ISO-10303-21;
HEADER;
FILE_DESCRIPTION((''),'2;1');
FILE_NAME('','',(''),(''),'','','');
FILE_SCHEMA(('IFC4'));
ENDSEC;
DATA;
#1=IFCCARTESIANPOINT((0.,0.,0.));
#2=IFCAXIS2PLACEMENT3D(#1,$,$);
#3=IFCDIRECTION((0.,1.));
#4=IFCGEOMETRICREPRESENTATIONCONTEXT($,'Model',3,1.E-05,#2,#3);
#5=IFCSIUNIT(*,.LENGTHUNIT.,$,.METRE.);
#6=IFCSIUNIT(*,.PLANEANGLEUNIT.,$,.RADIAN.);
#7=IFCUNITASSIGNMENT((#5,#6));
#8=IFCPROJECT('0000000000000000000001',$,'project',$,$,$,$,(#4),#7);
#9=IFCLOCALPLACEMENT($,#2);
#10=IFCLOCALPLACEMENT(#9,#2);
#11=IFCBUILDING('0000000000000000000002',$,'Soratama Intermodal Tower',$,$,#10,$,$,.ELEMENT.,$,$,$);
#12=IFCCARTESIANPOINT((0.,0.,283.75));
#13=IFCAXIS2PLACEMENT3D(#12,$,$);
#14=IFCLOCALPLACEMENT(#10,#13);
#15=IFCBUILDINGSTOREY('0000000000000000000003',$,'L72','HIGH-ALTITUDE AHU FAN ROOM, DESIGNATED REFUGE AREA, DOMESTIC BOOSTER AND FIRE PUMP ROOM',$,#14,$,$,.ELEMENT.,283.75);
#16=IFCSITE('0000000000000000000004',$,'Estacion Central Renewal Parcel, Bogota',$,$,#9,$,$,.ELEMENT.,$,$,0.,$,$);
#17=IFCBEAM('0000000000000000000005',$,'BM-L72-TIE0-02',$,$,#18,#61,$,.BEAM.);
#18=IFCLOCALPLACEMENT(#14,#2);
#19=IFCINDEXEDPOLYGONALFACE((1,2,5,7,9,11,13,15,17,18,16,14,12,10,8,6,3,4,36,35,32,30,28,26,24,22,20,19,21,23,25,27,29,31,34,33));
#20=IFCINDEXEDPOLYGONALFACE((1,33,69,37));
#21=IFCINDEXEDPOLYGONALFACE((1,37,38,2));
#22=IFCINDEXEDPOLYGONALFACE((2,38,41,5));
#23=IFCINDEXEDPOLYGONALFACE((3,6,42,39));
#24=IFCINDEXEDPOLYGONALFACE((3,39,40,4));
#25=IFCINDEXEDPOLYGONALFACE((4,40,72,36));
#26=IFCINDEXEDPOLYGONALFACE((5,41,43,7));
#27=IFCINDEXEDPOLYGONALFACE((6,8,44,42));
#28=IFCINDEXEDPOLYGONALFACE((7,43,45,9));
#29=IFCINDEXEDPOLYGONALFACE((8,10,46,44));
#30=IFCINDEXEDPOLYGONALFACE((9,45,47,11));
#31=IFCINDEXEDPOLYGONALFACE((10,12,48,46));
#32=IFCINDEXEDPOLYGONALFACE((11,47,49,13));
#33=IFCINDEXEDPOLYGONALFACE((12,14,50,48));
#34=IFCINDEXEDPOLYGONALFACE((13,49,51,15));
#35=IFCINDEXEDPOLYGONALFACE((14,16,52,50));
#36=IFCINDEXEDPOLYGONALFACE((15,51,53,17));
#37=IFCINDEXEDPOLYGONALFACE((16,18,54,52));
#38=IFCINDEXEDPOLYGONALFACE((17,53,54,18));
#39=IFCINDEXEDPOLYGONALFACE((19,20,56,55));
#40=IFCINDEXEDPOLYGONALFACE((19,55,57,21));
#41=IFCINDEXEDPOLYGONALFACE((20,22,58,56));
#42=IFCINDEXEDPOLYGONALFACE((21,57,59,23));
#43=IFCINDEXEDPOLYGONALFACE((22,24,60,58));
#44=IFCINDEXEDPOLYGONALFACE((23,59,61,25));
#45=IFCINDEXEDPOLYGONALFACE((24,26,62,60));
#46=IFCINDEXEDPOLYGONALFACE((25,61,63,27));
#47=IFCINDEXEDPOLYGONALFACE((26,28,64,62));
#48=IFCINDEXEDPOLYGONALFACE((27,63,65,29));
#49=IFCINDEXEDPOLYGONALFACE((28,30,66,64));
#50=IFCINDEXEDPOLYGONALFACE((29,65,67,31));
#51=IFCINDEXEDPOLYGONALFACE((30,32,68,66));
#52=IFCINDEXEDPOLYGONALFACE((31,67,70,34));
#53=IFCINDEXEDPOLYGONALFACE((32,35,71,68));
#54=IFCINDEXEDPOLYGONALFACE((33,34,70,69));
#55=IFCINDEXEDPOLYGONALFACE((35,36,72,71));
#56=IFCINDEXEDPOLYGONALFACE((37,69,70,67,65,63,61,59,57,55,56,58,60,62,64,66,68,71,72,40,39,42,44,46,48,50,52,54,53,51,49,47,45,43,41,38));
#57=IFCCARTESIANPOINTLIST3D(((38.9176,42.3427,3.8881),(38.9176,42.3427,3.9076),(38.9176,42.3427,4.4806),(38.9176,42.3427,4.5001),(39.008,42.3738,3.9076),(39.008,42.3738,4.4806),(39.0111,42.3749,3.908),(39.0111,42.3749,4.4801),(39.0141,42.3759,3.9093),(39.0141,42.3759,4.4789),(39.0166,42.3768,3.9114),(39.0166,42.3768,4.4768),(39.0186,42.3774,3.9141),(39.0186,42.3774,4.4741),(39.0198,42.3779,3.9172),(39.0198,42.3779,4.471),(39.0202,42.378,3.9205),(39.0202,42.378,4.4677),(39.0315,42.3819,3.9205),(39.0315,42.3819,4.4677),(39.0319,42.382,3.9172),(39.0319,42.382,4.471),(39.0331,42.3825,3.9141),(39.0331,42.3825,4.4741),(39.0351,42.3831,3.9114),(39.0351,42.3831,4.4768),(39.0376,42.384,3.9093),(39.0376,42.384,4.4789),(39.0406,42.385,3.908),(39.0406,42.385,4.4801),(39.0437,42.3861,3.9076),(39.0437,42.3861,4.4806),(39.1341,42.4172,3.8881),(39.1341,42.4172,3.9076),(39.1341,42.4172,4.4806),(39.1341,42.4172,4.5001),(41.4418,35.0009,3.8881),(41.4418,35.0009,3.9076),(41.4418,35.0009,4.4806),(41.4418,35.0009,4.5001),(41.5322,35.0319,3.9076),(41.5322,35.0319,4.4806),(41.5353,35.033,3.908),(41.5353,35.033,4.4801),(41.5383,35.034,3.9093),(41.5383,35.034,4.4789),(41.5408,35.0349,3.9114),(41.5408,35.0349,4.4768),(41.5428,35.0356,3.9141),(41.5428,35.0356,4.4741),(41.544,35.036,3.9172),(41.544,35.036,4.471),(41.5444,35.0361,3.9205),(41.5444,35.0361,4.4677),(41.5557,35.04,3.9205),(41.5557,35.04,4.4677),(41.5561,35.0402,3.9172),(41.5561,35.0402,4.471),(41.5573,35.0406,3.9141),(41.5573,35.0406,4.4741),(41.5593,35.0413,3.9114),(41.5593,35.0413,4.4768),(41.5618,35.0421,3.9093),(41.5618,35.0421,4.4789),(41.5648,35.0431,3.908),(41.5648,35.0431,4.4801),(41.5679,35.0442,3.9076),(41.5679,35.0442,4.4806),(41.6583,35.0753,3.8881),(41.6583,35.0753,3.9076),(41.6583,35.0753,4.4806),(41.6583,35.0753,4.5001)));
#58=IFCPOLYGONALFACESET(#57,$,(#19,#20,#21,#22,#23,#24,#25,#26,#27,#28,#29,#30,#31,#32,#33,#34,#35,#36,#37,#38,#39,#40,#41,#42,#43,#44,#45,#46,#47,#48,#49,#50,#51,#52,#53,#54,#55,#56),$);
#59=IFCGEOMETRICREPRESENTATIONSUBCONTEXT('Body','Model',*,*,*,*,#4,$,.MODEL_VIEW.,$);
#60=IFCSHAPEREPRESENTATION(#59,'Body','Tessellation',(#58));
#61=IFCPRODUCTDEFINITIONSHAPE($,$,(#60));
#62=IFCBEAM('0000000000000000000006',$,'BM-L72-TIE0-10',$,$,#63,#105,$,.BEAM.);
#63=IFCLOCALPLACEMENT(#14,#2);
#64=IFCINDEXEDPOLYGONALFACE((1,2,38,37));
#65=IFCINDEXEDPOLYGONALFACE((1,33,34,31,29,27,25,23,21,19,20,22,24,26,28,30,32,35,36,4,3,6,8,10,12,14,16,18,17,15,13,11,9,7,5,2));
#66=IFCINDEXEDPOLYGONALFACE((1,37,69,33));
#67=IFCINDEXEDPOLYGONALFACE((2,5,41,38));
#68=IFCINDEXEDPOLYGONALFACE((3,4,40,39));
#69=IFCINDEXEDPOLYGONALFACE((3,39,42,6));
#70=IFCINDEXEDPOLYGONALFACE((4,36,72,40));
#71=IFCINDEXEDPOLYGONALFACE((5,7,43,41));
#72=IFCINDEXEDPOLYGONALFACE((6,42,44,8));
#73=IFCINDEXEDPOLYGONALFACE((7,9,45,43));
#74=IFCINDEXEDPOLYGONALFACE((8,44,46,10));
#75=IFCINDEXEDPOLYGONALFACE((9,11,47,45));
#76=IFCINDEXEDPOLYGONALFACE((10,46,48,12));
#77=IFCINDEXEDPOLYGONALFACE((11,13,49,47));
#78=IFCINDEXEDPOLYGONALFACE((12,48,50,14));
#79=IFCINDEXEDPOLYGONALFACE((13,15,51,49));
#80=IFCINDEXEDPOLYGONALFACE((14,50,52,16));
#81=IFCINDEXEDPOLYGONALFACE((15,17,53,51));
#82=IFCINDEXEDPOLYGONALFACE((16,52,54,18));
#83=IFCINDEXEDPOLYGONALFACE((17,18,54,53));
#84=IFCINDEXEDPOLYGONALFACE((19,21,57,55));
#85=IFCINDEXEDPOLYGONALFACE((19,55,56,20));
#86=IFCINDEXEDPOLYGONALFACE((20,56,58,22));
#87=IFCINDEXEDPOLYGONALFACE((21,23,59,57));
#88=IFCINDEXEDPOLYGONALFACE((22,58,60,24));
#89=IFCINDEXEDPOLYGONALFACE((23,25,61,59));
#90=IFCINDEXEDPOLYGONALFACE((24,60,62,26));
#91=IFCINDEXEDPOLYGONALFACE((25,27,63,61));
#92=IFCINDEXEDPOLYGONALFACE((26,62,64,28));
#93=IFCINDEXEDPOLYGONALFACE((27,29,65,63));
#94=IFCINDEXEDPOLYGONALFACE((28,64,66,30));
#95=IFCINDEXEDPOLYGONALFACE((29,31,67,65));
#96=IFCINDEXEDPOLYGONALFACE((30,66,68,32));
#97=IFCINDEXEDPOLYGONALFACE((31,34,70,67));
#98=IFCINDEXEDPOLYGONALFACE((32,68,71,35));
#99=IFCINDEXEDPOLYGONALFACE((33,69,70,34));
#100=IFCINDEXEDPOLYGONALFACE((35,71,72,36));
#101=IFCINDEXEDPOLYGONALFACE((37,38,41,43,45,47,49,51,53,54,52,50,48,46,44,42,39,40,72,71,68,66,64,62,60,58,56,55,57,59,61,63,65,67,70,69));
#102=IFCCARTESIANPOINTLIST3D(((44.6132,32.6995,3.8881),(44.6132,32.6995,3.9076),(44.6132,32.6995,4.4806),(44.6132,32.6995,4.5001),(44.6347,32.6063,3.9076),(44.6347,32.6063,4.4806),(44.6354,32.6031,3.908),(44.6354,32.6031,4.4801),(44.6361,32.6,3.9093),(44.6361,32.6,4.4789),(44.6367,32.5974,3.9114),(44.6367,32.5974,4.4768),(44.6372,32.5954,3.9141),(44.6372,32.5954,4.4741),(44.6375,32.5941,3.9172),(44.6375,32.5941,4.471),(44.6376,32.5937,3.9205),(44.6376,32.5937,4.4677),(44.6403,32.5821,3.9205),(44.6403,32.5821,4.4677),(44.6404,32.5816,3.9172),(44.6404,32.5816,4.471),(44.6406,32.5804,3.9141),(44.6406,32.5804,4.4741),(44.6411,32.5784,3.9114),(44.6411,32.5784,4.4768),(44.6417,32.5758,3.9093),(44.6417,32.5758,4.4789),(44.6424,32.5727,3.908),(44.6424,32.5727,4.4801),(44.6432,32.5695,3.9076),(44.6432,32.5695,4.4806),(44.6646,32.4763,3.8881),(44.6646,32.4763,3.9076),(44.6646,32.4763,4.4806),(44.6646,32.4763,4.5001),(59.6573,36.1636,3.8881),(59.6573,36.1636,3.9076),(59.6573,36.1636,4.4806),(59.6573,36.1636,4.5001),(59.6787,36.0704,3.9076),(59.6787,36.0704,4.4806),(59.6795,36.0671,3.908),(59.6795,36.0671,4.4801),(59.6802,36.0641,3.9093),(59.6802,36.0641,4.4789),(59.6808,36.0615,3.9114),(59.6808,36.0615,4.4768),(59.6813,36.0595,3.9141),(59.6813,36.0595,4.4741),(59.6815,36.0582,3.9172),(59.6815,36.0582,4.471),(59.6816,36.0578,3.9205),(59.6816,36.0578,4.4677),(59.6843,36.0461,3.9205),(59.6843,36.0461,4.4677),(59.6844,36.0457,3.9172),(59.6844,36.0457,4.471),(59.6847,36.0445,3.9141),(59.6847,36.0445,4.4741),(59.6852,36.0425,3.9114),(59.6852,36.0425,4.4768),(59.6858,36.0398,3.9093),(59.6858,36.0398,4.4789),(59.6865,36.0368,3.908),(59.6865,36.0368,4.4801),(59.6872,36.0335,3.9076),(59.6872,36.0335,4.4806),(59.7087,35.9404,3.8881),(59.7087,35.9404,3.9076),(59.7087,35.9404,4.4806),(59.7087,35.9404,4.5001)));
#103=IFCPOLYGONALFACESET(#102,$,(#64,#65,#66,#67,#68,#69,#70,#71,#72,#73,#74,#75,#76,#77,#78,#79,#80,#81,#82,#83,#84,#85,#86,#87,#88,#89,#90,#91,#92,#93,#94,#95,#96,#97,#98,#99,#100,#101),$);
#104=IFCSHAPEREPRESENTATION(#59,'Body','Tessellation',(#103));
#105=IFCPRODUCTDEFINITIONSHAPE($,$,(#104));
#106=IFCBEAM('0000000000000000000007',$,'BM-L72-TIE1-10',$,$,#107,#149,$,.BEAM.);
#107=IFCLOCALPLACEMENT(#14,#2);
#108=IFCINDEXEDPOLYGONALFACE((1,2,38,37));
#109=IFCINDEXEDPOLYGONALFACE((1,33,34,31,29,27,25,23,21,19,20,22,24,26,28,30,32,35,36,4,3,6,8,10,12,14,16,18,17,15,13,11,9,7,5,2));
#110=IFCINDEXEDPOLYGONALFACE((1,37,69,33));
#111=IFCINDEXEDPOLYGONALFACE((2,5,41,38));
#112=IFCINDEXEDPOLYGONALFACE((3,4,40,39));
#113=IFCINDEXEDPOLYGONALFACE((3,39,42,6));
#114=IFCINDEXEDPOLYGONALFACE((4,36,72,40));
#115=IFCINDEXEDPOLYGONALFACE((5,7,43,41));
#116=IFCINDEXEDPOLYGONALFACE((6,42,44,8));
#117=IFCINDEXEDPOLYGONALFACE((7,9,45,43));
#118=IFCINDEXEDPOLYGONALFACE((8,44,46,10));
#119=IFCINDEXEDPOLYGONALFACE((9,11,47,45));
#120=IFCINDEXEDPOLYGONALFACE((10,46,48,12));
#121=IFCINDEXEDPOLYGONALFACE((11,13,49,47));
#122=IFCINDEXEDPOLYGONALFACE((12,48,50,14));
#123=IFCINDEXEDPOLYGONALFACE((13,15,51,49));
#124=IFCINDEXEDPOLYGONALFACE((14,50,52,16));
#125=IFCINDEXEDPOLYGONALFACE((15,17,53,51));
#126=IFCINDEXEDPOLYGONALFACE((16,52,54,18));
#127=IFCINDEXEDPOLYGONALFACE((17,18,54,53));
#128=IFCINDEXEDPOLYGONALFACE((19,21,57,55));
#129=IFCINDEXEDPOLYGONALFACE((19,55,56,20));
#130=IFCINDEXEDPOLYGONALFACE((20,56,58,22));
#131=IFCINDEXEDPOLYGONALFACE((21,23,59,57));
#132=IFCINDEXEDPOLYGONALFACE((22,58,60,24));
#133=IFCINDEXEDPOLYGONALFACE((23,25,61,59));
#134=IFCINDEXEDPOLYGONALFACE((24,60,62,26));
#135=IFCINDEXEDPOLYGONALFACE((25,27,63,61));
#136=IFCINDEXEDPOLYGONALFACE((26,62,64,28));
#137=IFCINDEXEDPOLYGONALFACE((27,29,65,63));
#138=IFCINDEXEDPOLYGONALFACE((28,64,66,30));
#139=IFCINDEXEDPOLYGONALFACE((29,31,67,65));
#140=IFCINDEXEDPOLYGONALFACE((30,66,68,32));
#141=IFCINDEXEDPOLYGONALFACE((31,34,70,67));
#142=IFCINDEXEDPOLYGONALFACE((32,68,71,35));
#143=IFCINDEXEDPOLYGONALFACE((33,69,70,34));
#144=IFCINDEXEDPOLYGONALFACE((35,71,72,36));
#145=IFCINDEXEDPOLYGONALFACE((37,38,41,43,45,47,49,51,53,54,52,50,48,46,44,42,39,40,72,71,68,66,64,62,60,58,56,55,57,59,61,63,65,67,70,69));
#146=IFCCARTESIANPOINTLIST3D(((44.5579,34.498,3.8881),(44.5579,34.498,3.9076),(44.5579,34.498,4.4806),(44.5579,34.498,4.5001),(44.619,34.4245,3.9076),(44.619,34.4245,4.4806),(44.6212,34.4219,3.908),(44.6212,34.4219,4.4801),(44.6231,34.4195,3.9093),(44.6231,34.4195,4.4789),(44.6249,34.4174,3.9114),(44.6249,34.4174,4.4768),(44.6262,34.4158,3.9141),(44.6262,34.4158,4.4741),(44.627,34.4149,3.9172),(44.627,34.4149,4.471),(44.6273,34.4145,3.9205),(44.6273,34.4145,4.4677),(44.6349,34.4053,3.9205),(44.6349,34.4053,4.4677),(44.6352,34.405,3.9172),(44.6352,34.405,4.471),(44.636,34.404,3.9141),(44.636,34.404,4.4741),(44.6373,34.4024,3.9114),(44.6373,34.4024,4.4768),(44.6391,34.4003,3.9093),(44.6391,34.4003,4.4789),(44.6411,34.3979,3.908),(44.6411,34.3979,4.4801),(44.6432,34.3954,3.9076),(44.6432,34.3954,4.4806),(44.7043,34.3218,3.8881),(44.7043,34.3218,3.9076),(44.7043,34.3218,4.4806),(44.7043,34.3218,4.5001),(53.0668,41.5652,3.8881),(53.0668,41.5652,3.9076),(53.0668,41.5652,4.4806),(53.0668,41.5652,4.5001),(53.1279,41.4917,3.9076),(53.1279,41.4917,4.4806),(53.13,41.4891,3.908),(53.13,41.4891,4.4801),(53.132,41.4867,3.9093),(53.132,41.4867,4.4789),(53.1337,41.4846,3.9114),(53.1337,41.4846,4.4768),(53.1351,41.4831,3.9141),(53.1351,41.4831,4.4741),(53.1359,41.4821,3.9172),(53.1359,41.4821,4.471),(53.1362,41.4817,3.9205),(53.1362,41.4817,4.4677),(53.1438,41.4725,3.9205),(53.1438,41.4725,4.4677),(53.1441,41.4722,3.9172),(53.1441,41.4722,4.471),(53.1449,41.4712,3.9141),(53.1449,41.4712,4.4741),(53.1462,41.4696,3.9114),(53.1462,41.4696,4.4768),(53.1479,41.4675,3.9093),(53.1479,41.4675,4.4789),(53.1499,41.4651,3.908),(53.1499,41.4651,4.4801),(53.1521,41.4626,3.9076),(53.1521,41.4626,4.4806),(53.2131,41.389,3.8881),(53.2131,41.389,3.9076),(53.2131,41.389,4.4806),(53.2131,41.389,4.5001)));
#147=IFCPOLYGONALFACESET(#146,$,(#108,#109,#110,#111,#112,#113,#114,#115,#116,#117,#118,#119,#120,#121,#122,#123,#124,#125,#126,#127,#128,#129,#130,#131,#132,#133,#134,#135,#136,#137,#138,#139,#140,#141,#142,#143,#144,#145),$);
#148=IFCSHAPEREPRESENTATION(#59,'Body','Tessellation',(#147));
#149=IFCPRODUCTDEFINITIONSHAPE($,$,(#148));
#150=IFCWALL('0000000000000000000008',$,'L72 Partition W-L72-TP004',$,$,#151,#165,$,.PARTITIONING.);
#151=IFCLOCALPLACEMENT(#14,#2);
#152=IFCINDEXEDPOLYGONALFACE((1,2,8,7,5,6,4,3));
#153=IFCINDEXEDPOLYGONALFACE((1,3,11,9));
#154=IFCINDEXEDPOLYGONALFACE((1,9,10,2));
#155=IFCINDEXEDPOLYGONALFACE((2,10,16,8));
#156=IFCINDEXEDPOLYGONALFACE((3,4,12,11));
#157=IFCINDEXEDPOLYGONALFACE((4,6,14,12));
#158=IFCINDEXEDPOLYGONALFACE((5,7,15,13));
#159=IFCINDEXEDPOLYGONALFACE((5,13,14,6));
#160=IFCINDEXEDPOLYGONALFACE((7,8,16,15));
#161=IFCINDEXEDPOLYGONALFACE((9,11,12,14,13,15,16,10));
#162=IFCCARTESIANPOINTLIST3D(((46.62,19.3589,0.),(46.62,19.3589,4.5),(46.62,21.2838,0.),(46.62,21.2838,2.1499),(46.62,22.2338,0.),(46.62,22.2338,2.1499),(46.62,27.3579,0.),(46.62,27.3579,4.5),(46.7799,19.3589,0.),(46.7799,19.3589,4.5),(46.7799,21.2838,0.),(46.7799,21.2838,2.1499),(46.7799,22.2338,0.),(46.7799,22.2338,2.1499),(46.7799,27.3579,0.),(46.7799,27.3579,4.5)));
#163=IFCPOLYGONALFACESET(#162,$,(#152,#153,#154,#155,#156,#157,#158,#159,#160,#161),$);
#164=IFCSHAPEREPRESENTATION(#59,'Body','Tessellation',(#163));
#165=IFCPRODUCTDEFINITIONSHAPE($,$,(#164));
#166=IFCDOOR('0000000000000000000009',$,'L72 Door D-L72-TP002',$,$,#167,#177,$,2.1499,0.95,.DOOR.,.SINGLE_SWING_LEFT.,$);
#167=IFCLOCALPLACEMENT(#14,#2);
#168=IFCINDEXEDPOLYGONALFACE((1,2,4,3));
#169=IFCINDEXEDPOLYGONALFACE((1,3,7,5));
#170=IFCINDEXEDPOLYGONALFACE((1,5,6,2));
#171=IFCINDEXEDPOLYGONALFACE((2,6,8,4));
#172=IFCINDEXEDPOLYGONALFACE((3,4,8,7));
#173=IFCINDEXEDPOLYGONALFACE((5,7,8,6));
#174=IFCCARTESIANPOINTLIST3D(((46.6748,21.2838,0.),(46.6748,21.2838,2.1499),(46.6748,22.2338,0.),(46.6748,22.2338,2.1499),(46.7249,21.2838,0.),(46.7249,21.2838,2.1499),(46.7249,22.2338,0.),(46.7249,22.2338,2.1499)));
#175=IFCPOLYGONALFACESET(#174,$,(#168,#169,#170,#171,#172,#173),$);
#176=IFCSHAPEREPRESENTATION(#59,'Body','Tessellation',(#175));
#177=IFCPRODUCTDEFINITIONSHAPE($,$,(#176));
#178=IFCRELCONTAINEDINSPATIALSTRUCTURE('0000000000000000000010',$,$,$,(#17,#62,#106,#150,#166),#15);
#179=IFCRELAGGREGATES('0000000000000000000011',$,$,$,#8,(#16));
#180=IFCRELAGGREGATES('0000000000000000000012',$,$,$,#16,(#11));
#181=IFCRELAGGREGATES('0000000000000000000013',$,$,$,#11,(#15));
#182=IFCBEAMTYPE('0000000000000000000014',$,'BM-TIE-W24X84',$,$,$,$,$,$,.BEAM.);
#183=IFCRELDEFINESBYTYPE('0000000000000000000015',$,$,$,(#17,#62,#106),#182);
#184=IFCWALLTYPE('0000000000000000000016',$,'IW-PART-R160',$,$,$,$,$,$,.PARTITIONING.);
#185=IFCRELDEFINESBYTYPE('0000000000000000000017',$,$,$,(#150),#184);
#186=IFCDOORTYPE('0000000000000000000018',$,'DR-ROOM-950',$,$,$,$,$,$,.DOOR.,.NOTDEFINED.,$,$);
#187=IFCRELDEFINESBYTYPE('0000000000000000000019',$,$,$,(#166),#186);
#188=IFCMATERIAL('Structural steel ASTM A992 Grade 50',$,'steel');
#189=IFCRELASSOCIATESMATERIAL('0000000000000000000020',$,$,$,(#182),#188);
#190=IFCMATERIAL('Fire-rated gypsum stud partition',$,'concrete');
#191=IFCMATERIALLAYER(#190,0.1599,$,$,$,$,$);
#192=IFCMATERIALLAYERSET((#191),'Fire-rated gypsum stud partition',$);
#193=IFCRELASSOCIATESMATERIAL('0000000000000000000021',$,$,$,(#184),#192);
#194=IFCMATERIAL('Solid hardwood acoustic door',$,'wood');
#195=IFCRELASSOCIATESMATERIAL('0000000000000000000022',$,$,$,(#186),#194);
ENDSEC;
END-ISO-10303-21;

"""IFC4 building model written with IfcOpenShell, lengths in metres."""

from ifc_helpers import new_model, si_unit, direction, frame, frame_2d, origin, origin_2d, place, context, subcontext, project, spatial, rectangle, i_section, extrude, material, layer, layer_set, material_profile, profile_set, type_object, element, fill, save


model = new_model("IFC4")

# Units and contexts
model_context = context("Model", 3, precision=1e-05, world=origin(), true_north=direction((0.0, 1.0)))
body_context = subcontext(model_context, "Body", "Model", "MODEL_VIEW")
ifc_project = project(units=[si_unit("LENGTHUNIT", "METRE"), si_unit("PLANEANGLEUNIT", "RADIAN")], contexts=[model_context])

# Site, building, storey
site_placement = place(None, origin())
site = spatial("IfcSite", under=ifc_project, at=site_placement, Name="Estacion Central Renewal Parcel, Bogota", CompositionType="ELEMENT", RefElevation=0.0)
building_placement = place(site_placement, origin())
building = spatial("IfcBuilding", under=site, at=building_placement, Name="Soratama Intermodal Tower", CompositionType="ELEMENT")
storey_placement = place(building_placement, frame((0.0, 0.0, 283.75)))
storey = spatial("IfcBuildingStorey", under=building, at=storey_placement, Name="L72", Description="HIGH-ALTITUDE AHU FAN ROOM, DESIGNATED REFUGE AREA, DOMESTIC BOOSTER AND FIRE PUMP ROOM", CompositionType="ELEMENT", Elevation=283.75)

# Beams
ifc_material_1 = material(Name="Structural steel ASTM A992 Grade 50", Category="steel")
ifc_material_profile_1 = material_profile(ifc_material_1, i_section(OverallWidth=0.229, OverallDepth=0.6121, WebThickness=0.012, FlangeThickness=0.0195, FilletRadius=0.0129, at=origin_2d()), Name="W24X84")
ifc_profile_set_1 = profile_set([ifc_material_profile_1], Name="Structural steel ASTM A992 Grade 50")
beam_type_1 = type_object("IfcBeamType", Name="BM-TIE-W24X84", PredefinedType="BEAM", material=ifc_profile_set_1)
beam_1_placement = place(storey_placement, frame((41.55, 35.0381, 4.1941), z_axis=(-0.325129, 0.94567, 0.0), x_axis=(-0.94567, -0.325129, 0.0)))
element("IfcBeam", 1, at=beam_1_placement, inside=storey, type_object=beam_type_1, Name="BM-L72-TIE0-02", PredefinedType="BEAM", context=body_context, shape_type="SweptSolid", body=[
    extrude(i_section(OverallWidth=0.229, OverallDepth=0.6121, WebThickness=0.012, FlangeThickness=0.0195, FilletRadius=0.0129, at=origin_2d()), origin(), (0.0, 0.0, 1.0), 7.7637),
])
beam_2_placement = place(storey_placement, frame((44.6389, 32.5879, 4.1941), z_axis=(0.974499, 0.224391, 0.0), x_axis=(-0.224391, 0.974499, 0.0)))
element("IfcBeam", 2, at=beam_2_placement, inside=storey, type_object=beam_type_1, Name="BM-L72-TIE0-10", PredefinedType="BEAM", context=body_context, shape_type="SweptSolid", body=[
    extrude(i_section(OverallWidth=0.229, OverallDepth=0.6121, WebThickness=0.012, FlangeThickness=0.0195, FilletRadius=0.0129, at=origin_2d()), origin(), (0.0, 0.0, 1.0), 15.4377),
])
beam_3_placement = place(storey_placement, frame((44.6311, 34.4099, 4.1941), z_axis=(0.769266, 0.638929, 0.0), x_axis=(-0.638929, 0.769266, 0.0)))
element("IfcBeam", 3, at=beam_3_placement, inside=storey, type_object=beam_type_1, Name="BM-L72-TIE1-10", PredefinedType="BEAM", context=body_context, shape_type="SweptSolid", body=[
    extrude(i_section(OverallWidth=0.229, OverallDepth=0.6121, WebThickness=0.012, FlangeThickness=0.0195, FilletRadius=0.0129, at=origin_2d()), origin(), (0.0, 0.0, 1.0), 11.061),
])

# Wall, opening, door
ifc_material_2 = material(Name="Fire-rated gypsum stud partition", Category="concrete")
ifc_layer_1 = layer(ifc_material_2, 0.1599)
ifc_layer_set_1 = layer_set([ifc_layer_1], Name="Fire-rated gypsum stud partition")
wall_type_1 = type_object("IfcWallType", Name="IW-PART-R160", PredefinedType="PARTITIONING", material=ifc_layer_set_1)
wall_1_placement = place(storey_placement, frame((46.7, 27.3579, 0.0), z_axis=(0.0, 0.0, 1.0), x_axis=(0.0, -1.0, 0.0)))
wall_1 = element("IfcWall", 4, at=wall_1_placement, inside=storey, type_object=wall_type_1, Name="L72 Partition W-L72-TP004", PredefinedType="PARTITIONING", context=body_context, shape_type="SweptSolid", body=[
    extrude(rectangle(XDim=7.999, YDim=0.1599, at=frame_2d((3.9995, 0.0))), origin(), (0.0, 0.0, 1.0), 4.5),
])
opening_1_placement = place(wall_1_placement, frame((5.124, 0.0, 0.0)))
opening_1 = element("IfcOpeningElement", 5, at=opening_1_placement, cuts=wall_1, PredefinedType="OPENING", context=body_context, shape_type="SweptSolid", body=[
    extrude(rectangle(XDim=0.95, YDim=2.1499, at=frame_2d((0.4751, 1.075))), frame((0.0, 0.0898, 0.0), z_axis=(0.0, -1.0, 0.0), x_axis=(1.0, 0.0, 0.0)), (0.0, 0.0, 1.0), 0.1799),
])
ifc_material_3 = material(Name="Solid hardwood acoustic door", Category="wood")
door_type_1 = type_object("IfcDoorType", Name="DR-ROOM-950", OperationType="NOTDEFINED", PredefinedType="DOOR", material=ifc_material_3)
door_1_placement = place(opening_1_placement, origin())
door_1 = element("IfcDoor", 6, at=door_1_placement, inside=storey, type_object=door_type_1, Name="L72 Door D-L72-TP002", OperationType="SINGLE_SWING_LEFT", OverallHeight=2.1499, OverallWidth=0.95, PredefinedType="DOOR", context=body_context, shape_type="SweptSolid", body=[
    extrude(rectangle(XDim=0.95, YDim=2.1499, at=frame_2d((0.4751, 1.075))), frame((0.0, 0.0249, 0.0), z_axis=(0.0, -1.0, 0.0), x_axis=(1.0, 0.0, 0.0)), (0.0, 0.0, 1.0), 0.05),
])
fill(opening_1, door_1)

save(model, "model.ifc")
